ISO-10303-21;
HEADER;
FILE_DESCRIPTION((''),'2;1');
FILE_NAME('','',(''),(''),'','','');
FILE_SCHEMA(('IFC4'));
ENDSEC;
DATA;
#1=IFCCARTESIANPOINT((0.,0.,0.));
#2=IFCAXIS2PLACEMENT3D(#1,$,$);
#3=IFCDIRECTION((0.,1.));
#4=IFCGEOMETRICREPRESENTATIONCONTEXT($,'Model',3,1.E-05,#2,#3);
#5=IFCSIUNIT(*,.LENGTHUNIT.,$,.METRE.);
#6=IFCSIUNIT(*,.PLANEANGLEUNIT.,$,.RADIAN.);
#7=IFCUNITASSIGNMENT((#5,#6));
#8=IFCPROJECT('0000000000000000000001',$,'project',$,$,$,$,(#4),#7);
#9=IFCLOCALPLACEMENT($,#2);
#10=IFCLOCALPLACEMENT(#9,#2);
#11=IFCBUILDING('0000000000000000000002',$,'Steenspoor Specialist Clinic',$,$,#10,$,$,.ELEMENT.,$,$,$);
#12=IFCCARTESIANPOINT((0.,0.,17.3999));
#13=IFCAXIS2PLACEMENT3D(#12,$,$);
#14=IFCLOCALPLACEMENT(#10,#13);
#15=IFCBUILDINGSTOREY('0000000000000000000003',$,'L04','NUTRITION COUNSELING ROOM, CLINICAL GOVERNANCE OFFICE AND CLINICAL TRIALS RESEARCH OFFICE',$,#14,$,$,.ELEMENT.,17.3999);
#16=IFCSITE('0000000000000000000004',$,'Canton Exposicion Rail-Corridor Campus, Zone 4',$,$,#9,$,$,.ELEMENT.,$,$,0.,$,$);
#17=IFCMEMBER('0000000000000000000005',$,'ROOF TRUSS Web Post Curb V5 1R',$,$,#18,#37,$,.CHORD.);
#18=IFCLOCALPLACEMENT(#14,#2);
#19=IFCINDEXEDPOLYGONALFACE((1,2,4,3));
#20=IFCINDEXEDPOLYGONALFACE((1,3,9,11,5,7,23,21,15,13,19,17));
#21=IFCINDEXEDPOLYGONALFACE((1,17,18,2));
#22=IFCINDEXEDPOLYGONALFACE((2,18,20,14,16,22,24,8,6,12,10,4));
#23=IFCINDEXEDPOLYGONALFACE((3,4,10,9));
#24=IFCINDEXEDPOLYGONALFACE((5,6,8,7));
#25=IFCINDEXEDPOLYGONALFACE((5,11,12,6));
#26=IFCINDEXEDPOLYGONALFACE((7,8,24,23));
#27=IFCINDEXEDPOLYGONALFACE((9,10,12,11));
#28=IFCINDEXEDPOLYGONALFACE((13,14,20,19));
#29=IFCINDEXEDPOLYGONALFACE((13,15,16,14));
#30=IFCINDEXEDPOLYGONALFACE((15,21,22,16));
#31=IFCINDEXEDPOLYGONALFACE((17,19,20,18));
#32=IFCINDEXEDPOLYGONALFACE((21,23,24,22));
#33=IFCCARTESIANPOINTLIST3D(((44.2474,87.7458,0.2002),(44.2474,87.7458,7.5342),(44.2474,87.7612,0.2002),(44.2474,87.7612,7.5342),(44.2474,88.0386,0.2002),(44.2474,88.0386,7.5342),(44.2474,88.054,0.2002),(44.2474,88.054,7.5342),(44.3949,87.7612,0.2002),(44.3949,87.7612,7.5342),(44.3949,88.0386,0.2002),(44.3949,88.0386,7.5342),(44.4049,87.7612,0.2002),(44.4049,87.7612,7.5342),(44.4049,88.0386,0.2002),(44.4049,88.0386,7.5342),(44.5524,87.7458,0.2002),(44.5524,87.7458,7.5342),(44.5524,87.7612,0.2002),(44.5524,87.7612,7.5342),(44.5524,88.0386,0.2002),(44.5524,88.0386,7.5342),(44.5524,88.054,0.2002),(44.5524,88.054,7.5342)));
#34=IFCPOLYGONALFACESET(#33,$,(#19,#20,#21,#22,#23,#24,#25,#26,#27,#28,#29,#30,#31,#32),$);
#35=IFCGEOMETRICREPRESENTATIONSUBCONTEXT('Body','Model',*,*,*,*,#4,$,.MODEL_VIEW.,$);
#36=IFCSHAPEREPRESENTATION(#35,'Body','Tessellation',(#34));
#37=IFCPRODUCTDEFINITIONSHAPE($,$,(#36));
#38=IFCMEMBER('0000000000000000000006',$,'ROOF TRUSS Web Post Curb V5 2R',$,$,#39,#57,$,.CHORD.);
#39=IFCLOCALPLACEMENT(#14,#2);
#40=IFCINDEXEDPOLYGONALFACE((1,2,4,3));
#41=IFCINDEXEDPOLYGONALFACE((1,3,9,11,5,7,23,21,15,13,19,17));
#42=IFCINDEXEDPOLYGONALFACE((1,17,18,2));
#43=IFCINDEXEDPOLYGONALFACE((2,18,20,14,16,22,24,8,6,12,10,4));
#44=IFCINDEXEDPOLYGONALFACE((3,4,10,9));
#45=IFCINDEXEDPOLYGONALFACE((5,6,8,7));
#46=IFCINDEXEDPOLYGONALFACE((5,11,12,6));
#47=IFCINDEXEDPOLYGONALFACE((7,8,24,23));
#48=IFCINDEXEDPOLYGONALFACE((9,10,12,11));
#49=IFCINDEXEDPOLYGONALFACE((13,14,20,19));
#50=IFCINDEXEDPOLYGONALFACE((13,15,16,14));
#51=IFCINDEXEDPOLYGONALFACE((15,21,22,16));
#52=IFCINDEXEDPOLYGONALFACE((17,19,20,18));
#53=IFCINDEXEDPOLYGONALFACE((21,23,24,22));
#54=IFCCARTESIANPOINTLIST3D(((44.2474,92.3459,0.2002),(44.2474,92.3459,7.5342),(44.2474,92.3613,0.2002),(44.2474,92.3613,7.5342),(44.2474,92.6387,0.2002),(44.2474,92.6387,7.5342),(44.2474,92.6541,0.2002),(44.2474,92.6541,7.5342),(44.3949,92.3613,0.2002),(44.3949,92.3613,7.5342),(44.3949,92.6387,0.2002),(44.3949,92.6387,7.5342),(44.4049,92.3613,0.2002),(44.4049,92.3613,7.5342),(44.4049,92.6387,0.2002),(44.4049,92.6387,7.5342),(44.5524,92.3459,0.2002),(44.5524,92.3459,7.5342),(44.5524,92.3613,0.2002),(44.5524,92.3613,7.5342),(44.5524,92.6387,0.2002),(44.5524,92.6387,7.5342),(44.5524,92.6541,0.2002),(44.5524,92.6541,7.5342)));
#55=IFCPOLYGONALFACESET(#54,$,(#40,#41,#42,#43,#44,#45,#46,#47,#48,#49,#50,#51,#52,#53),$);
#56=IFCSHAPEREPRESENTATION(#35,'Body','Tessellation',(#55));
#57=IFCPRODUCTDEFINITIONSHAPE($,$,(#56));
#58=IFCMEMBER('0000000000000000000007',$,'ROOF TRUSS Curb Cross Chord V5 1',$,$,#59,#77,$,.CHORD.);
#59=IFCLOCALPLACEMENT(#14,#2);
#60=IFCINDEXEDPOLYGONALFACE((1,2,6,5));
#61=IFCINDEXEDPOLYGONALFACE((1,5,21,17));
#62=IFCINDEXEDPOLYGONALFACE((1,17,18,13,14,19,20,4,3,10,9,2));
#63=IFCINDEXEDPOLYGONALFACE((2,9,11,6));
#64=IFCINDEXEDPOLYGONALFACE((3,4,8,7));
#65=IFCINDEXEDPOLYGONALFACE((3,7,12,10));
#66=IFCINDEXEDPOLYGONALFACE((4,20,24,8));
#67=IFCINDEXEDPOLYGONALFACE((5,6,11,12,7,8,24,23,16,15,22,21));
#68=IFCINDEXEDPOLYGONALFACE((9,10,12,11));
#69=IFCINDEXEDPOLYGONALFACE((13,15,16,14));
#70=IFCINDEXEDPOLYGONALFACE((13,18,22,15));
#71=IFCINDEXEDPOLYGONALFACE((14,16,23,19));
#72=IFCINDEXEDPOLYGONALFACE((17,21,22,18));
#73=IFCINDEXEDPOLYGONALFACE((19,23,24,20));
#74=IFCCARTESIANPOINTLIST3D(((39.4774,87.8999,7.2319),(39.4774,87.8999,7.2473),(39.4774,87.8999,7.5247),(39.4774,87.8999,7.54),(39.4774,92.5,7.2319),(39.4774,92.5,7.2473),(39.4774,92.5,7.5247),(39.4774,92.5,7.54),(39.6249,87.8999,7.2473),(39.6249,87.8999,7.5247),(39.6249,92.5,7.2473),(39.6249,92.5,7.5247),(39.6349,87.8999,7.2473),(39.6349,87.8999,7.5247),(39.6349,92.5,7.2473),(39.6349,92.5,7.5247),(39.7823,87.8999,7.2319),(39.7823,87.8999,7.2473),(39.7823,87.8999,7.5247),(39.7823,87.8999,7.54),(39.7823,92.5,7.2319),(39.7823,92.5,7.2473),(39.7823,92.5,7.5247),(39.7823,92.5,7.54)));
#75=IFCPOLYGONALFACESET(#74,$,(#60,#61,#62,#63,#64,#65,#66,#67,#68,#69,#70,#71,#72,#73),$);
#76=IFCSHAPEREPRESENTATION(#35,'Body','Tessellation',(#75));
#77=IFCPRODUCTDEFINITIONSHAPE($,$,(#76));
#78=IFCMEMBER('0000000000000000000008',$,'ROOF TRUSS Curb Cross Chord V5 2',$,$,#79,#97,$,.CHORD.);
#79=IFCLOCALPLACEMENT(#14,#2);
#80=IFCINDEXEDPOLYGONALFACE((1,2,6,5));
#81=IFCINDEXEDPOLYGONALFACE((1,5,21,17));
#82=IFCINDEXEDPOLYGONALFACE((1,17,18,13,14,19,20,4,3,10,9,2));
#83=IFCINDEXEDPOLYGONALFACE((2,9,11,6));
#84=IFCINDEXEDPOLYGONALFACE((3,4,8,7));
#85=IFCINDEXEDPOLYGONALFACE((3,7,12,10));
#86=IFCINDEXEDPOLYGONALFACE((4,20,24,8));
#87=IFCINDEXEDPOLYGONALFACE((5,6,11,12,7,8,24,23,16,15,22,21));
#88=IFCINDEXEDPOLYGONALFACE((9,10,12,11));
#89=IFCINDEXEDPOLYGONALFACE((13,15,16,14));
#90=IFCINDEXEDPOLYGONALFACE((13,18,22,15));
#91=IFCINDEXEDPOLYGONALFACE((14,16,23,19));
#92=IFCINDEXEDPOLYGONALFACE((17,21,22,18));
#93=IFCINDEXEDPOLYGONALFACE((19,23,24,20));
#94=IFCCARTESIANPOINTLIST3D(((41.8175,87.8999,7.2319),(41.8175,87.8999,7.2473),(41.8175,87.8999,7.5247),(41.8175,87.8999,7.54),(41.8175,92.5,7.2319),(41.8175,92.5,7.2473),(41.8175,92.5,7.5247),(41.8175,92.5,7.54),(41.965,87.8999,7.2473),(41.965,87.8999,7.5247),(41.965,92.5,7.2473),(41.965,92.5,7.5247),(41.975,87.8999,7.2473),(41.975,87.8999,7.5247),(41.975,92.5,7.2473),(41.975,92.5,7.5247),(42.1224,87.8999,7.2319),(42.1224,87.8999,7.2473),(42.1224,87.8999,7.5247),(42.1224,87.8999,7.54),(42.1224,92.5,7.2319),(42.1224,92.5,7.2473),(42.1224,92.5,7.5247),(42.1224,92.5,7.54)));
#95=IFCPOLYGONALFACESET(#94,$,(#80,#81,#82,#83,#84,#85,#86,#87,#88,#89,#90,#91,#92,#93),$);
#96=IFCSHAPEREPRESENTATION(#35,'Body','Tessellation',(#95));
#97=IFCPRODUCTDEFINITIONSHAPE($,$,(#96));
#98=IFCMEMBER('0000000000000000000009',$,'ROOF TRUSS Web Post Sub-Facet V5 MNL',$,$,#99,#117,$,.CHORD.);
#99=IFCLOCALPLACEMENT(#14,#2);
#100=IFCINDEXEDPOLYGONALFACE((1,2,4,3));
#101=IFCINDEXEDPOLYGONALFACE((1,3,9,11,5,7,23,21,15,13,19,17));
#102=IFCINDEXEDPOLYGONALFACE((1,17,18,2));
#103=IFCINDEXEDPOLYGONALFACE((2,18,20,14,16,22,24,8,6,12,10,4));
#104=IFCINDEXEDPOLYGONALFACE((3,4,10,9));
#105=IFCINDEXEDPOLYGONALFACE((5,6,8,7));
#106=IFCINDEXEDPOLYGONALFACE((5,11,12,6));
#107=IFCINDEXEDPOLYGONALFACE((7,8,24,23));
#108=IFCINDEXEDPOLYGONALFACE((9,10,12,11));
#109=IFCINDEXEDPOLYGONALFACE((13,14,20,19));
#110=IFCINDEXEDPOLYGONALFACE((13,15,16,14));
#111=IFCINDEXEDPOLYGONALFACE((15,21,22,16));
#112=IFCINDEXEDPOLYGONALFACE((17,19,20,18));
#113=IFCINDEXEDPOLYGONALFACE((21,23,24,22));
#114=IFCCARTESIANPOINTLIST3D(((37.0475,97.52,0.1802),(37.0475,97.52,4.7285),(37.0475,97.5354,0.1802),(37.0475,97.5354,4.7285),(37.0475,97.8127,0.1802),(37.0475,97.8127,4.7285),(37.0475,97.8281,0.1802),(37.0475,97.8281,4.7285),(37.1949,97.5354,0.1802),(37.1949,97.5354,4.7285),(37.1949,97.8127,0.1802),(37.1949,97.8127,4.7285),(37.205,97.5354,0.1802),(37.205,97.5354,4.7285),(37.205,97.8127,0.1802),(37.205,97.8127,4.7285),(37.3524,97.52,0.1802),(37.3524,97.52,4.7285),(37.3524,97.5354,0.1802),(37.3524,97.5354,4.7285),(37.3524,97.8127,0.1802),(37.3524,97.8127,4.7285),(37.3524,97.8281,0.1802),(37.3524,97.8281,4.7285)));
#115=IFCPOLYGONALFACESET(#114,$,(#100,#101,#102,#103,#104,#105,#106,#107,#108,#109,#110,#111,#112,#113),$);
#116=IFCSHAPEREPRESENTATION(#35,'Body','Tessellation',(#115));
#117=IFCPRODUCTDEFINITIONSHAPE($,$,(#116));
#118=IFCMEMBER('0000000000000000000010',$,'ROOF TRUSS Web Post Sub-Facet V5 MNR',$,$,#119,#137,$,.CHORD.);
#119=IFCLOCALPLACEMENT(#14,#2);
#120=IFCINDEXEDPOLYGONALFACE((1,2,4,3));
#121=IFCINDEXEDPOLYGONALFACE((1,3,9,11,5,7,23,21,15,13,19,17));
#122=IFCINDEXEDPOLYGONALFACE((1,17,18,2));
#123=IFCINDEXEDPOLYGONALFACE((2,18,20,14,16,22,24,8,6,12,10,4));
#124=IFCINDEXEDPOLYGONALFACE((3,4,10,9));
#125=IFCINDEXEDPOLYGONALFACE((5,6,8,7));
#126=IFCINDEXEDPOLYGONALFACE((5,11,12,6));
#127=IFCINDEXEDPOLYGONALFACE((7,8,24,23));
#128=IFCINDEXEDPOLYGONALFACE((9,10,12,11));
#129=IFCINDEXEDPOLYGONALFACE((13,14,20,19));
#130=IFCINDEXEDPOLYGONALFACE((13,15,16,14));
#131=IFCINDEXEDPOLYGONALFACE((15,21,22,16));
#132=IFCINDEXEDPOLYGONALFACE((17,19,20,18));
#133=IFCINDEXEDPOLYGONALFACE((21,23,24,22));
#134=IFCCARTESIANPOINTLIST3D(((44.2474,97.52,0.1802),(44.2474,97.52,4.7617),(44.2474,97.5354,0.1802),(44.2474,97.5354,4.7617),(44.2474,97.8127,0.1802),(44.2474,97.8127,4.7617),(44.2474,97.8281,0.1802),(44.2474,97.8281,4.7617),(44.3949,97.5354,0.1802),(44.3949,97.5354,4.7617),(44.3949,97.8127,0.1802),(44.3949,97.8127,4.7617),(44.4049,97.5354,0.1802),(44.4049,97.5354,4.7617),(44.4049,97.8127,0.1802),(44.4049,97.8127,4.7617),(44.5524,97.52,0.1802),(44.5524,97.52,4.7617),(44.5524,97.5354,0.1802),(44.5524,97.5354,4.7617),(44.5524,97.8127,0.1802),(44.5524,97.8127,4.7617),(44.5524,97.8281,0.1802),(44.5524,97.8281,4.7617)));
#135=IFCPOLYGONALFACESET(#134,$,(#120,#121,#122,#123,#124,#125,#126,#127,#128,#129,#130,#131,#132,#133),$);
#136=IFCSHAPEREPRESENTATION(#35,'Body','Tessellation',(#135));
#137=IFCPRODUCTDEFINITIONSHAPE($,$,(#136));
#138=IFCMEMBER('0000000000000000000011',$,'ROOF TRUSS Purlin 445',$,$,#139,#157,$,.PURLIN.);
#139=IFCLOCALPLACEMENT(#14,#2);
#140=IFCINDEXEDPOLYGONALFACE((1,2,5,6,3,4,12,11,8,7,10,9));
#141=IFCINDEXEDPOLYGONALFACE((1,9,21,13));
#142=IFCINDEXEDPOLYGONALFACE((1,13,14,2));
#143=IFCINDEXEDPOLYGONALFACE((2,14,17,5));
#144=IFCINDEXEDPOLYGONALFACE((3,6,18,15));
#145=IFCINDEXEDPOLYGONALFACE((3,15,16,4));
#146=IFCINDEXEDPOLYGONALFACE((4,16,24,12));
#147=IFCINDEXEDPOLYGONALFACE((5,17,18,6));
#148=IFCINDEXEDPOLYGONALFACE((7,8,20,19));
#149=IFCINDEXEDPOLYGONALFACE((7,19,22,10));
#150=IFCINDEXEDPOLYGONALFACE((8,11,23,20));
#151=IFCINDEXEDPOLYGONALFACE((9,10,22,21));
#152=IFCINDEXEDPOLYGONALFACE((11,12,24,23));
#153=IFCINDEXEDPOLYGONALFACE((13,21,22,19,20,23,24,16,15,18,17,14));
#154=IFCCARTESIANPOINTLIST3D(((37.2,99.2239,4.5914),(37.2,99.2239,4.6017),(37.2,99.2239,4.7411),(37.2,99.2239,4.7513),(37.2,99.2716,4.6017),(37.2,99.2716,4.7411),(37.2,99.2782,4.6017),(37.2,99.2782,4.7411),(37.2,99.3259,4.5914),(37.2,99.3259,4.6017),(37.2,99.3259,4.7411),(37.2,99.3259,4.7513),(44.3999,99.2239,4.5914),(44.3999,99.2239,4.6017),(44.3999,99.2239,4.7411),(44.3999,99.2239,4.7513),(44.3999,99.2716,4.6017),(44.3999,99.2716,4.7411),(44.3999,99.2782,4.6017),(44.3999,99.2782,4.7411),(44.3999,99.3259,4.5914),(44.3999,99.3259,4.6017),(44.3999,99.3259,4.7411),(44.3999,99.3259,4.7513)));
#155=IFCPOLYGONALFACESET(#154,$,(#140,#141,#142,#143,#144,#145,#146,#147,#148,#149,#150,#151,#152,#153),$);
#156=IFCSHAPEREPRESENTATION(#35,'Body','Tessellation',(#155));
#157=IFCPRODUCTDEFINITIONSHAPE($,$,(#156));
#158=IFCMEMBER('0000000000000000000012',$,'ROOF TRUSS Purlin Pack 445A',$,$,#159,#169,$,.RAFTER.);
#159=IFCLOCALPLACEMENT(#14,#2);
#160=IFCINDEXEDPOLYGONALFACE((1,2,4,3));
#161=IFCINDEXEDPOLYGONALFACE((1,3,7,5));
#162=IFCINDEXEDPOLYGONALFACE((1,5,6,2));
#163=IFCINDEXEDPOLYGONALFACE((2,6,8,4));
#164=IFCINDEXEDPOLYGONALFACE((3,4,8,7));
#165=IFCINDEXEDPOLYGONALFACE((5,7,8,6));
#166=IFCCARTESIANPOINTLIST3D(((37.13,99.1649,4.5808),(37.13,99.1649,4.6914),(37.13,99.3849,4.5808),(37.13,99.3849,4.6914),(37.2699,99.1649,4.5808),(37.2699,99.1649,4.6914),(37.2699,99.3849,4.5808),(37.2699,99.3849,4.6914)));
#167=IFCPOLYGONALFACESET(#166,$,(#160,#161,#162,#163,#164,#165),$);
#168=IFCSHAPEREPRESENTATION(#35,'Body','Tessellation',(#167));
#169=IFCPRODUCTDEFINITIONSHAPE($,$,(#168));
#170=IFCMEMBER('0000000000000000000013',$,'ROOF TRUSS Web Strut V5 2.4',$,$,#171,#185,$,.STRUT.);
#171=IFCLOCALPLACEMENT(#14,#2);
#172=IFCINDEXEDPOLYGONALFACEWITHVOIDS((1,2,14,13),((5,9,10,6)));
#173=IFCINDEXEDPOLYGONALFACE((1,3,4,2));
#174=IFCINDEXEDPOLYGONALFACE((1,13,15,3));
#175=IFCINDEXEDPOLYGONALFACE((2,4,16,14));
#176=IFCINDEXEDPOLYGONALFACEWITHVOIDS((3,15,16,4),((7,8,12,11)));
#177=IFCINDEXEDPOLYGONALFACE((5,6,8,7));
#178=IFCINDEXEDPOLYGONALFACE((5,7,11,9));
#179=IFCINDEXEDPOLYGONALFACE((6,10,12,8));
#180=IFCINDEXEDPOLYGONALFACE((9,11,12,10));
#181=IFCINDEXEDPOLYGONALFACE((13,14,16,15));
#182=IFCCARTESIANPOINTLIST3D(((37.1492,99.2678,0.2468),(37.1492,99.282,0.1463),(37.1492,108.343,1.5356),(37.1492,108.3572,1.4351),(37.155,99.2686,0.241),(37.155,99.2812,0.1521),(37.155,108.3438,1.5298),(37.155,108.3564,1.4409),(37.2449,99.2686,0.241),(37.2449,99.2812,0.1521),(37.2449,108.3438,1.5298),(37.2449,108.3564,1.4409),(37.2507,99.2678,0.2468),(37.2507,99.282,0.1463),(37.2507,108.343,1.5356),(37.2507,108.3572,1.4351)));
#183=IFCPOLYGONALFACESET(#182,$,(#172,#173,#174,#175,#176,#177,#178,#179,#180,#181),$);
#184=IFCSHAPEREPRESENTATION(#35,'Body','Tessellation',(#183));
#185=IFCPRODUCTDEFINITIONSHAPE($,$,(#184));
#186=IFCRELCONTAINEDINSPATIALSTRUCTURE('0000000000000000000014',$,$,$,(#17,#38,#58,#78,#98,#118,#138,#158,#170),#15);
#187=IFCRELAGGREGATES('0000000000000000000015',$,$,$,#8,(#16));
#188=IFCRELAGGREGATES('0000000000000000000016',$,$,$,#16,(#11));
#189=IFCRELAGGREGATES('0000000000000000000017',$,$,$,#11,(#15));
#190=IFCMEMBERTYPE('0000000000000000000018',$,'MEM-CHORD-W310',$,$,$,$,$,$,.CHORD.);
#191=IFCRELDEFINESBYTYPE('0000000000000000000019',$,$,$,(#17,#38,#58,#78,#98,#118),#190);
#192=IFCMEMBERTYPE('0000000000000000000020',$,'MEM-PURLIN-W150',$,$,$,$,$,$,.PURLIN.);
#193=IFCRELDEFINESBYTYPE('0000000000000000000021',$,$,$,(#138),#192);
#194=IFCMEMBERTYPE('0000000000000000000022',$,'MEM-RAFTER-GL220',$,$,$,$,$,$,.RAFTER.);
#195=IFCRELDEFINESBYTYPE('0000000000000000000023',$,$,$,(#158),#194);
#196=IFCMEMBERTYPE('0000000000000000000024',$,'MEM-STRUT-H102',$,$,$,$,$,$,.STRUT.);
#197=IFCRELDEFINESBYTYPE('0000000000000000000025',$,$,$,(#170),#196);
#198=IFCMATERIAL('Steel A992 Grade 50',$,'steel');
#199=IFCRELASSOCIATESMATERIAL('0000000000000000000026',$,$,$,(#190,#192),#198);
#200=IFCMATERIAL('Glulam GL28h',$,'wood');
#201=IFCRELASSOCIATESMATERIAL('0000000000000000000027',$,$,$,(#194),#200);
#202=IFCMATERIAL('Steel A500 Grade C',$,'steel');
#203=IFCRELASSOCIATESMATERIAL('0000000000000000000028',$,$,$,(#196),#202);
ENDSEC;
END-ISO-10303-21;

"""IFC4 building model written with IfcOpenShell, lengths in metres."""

from ifc_helpers import new_model, si_unit, direction, frame, origin, origin_2d, place, context, subcontext, project, spatial, rectangle, hollow_rectangle, i_section, extrude, material, material_profile, profile_set, type_object, element, save


model = new_model("IFC4")

# Units and contexts
model_context = context("Model", 3, precision=1e-05, world=origin(), true_north=direction((0.0, 1.0)))
body_context = subcontext(model_context, "Body", "Model", "MODEL_VIEW")
ifc_project = project(units=[si_unit("LENGTHUNIT", "METRE"), si_unit("PLANEANGLEUNIT", "RADIAN")], contexts=[model_context])

# Site, building, storey
site_placement = place(None, origin())
site = spatial("IfcSite", under=ifc_project, at=site_placement, Name="Canton Exposicion Rail-Corridor Campus, Zone 4", CompositionType="ELEMENT", RefElevation=0.0)
building_placement = place(site_placement, origin())
building = spatial("IfcBuilding", under=site, at=building_placement, Name="Steenspoor Specialist Clinic", CompositionType="ELEMENT")
storey_placement = place(building_placement, frame((0.0, 0.0, 17.3999)))
storey = spatial("IfcBuildingStorey", under=building, at=storey_placement, Name="L04", Description="NUTRITION COUNSELING ROOM, CLINICAL GOVERNANCE OFFICE AND CLINICAL TRIALS RESEARCH OFFICE", CompositionType="ELEMENT", Elevation=17.3999)

# Members
ifc_material_1 = material(Name="Steel A500 Grade C", Category="steel")
ifc_material_2 = material(Name="Steel A992 Grade 50", Category="steel")
ifc_material_profile_1 = material_profile(ifc_material_2, i_section(OverallWidth=0.3049, OverallDepth=0.3081, WebThickness=0.01, FlangeThickness=0.0154, at=origin_2d()), Name="W310X97")
ifc_profile_set_1 = profile_set([ifc_material_profile_1], Name="Steel A992 Grade 50")
member_type_1 = type_object("IfcMemberType", Name="MEM-CHORD-W310", PredefinedType="CHORD", material=ifc_profile_set_1)
for number, where, z_axis, x_axis, name in (
    (1, (44.3999, 87.8999, 0.2002), (0.0, 0.0, 1.0), (1.0, 0.0, 0.0), "ROOF TRUSS Web Post Curb V5 1R"),
    (2, (44.3999, 92.5, 0.2002), (0.0, 0.0, 1.0), (1.0, 0.0, 0.0), "ROOF TRUSS Web Post Curb V5 2R"),
):
    element("IfcMember", number, at=place(storey_placement, frame(where, z_axis=z_axis, x_axis=x_axis)), inside=storey, type_object=member_type_1, Name=name, PredefinedType="CHORD", context=body_context, shape_type="SweptSolid", body=[
        extrude(i_section(OverallWidth=0.3049, OverallDepth=0.3081, WebThickness=0.01, FlangeThickness=0.0154, at=origin_2d()), origin(), (0.0, 0.0, 1.0), 7.334),
    ])
for number, where, z_axis, x_axis, name in (
    (3, (39.6299, 87.8999, 7.386), (0.0, 1.0, 0.0), (-1.0, 0.0, 0.0), "ROOF TRUSS Curb Cross Chord V5 1"),
    (4, (41.97, 87.8999, 7.386), (0.0, 1.0, 0.0), (-1.0, 0.0, 0.0), "ROOF TRUSS Curb Cross Chord V5 2"),
):
    element("IfcMember", number, at=place(storey_placement, frame(where, z_axis=z_axis, x_axis=x_axis)), inside=storey, type_object=member_type_1, Name=name, PredefinedType="CHORD", context=body_context, shape_type="SweptSolid", body=[
        extrude(i_section(OverallWidth=0.3049, OverallDepth=0.3081, WebThickness=0.01, FlangeThickness=0.0154, at=origin_2d()), origin(), (0.0, 0.0, 1.0), 4.6001),
    ])
member_1_placement = place(storey_placement, frame((37.2, 97.6741, 0.1802), z_axis=(0.0, 0.0, 1.0), x_axis=(1.0, 0.0, 0.0)))
element("IfcMember", 5, at=member_1_placement, inside=storey, type_object=member_type_1, Name="ROOF TRUSS Web Post Sub-Facet V5 MNL", PredefinedType="CHORD", context=body_context, shape_type="SweptSolid", body=[
    extrude(i_section(OverallWidth=0.3049, OverallDepth=0.3081, WebThickness=0.01, FlangeThickness=0.0154, at=origin_2d()), origin(), (0.0, 0.0, 1.0), 4.5483),
])
member_2_placement = place(storey_placement, frame((44.3999, 97.6741, 0.1802), z_axis=(0.0, 0.0, 1.0), x_axis=(1.0, 0.0, 0.0)))
element("IfcMember", 6, at=member_2_placement, inside=storey, type_object=member_type_1, Name="ROOF TRUSS Web Post Sub-Facet V5 MNR", PredefinedType="CHORD", context=body_context, shape_type="SweptSolid", body=[
    extrude(i_section(OverallWidth=0.3049, OverallDepth=0.3081, WebThickness=0.01, FlangeThickness=0.0154, at=origin_2d()), origin(), (0.0, 0.0, 1.0), 4.5815),
])
ifc_material_profile_2 = material_profile(ifc_material_2, i_section(OverallWidth=0.1021, OverallDepth=0.1599, WebThickness=0.0066, FlangeThickness=0.0103, at=origin_2d()), Name="W150X24")
ifc_profile_set_2 = profile_set([ifc_material_profile_2], Name="Steel A992 Grade 50")
member_type_2 = type_object("IfcMemberType", Name="MEM-PURLIN-W150", PredefinedType="PURLIN", material=ifc_profile_set_2)
member_3_placement = place(storey_placement, frame((37.2, 99.2749, 4.6714), z_axis=(1.0, 0.0, 0.0), x_axis=(0.0, 1.0, 0.0)))
element("IfcMember", 7, at=member_3_placement, inside=storey, type_object=member_type_2, Name="ROOF TRUSS Purlin 445", PredefinedType="PURLIN", context=body_context, shape_type="SweptSolid", body=[
    extrude(i_section(OverallWidth=0.1021, OverallDepth=0.1599, WebThickness=0.0066, FlangeThickness=0.0103, at=origin_2d()), origin(), (0.0, 0.0, 1.0), 7.2),
])
ifc_material_3 = material(Name="Glulam GL28h", Category="wood")
ifc_material_profile_3 = material_profile(ifc_material_3, rectangle(XDim=0.1399, YDim=0.22, at=origin_2d()), Name="GL28H-140X220")
ifc_profile_set_3 = profile_set([ifc_material_profile_3], Name="Glulam GL28h")
member_type_3 = type_object("IfcMemberType", Name="MEM-RAFTER-GL220", PredefinedType="RAFTER", material=ifc_profile_set_3)
member_4_placement = place(storey_placement, frame((37.2, 99.2749, 4.5808), z_axis=(0.0, 0.0, 1.0), x_axis=(1.0, 0.0, 0.0)))
element("IfcMember", 8, at=member_4_placement, inside=storey, type_object=member_type_3, Name="ROOF TRUSS Purlin Pack 445A", PredefinedType="RAFTER", context=body_context, shape_type="SweptSolid", body=[
    extrude(rectangle(XDim=0.1399, YDim=0.22, at=origin_2d()), origin(), (0.0, 0.0, 1.0), 0.1106),
])
ifc_material_profile_4 = material_profile(ifc_material_1, hollow_rectangle(XDim=0.1016, YDim=0.1016, WallThickness=0.0059, at=origin_2d()), Name="HSS102X102X6.4")
ifc_profile_set_4 = profile_set([ifc_material_profile_4], Name="Steel A500 Grade C")
member_type_4 = type_object("IfcMemberType", Name="MEM-STRUT-H102", PredefinedType="STRUT", material=ifc_profile_set_4)
member_5_placement = place(storey_placement, frame((37.2, 99.2749, 0.1965), z_axis=(0.0, 0.990066, 0.140605), x_axis=(-1.0, 0.0, 0.0)))
element("IfcMember", 9, at=member_5_placement, inside=storey, type_object=member_type_4, Name="ROOF TRUSS Web Strut V5 2.4", PredefinedType="STRUT", context=body_context, shape_type="SweptSolid", body=[
    extrude(hollow_rectangle(XDim=0.1016, YDim=0.1016, WallThickness=0.0059, at=origin_2d()), origin(), (0.0, 0.0, 1.0), 9.1663),
])

save(model, "model.ifc")
